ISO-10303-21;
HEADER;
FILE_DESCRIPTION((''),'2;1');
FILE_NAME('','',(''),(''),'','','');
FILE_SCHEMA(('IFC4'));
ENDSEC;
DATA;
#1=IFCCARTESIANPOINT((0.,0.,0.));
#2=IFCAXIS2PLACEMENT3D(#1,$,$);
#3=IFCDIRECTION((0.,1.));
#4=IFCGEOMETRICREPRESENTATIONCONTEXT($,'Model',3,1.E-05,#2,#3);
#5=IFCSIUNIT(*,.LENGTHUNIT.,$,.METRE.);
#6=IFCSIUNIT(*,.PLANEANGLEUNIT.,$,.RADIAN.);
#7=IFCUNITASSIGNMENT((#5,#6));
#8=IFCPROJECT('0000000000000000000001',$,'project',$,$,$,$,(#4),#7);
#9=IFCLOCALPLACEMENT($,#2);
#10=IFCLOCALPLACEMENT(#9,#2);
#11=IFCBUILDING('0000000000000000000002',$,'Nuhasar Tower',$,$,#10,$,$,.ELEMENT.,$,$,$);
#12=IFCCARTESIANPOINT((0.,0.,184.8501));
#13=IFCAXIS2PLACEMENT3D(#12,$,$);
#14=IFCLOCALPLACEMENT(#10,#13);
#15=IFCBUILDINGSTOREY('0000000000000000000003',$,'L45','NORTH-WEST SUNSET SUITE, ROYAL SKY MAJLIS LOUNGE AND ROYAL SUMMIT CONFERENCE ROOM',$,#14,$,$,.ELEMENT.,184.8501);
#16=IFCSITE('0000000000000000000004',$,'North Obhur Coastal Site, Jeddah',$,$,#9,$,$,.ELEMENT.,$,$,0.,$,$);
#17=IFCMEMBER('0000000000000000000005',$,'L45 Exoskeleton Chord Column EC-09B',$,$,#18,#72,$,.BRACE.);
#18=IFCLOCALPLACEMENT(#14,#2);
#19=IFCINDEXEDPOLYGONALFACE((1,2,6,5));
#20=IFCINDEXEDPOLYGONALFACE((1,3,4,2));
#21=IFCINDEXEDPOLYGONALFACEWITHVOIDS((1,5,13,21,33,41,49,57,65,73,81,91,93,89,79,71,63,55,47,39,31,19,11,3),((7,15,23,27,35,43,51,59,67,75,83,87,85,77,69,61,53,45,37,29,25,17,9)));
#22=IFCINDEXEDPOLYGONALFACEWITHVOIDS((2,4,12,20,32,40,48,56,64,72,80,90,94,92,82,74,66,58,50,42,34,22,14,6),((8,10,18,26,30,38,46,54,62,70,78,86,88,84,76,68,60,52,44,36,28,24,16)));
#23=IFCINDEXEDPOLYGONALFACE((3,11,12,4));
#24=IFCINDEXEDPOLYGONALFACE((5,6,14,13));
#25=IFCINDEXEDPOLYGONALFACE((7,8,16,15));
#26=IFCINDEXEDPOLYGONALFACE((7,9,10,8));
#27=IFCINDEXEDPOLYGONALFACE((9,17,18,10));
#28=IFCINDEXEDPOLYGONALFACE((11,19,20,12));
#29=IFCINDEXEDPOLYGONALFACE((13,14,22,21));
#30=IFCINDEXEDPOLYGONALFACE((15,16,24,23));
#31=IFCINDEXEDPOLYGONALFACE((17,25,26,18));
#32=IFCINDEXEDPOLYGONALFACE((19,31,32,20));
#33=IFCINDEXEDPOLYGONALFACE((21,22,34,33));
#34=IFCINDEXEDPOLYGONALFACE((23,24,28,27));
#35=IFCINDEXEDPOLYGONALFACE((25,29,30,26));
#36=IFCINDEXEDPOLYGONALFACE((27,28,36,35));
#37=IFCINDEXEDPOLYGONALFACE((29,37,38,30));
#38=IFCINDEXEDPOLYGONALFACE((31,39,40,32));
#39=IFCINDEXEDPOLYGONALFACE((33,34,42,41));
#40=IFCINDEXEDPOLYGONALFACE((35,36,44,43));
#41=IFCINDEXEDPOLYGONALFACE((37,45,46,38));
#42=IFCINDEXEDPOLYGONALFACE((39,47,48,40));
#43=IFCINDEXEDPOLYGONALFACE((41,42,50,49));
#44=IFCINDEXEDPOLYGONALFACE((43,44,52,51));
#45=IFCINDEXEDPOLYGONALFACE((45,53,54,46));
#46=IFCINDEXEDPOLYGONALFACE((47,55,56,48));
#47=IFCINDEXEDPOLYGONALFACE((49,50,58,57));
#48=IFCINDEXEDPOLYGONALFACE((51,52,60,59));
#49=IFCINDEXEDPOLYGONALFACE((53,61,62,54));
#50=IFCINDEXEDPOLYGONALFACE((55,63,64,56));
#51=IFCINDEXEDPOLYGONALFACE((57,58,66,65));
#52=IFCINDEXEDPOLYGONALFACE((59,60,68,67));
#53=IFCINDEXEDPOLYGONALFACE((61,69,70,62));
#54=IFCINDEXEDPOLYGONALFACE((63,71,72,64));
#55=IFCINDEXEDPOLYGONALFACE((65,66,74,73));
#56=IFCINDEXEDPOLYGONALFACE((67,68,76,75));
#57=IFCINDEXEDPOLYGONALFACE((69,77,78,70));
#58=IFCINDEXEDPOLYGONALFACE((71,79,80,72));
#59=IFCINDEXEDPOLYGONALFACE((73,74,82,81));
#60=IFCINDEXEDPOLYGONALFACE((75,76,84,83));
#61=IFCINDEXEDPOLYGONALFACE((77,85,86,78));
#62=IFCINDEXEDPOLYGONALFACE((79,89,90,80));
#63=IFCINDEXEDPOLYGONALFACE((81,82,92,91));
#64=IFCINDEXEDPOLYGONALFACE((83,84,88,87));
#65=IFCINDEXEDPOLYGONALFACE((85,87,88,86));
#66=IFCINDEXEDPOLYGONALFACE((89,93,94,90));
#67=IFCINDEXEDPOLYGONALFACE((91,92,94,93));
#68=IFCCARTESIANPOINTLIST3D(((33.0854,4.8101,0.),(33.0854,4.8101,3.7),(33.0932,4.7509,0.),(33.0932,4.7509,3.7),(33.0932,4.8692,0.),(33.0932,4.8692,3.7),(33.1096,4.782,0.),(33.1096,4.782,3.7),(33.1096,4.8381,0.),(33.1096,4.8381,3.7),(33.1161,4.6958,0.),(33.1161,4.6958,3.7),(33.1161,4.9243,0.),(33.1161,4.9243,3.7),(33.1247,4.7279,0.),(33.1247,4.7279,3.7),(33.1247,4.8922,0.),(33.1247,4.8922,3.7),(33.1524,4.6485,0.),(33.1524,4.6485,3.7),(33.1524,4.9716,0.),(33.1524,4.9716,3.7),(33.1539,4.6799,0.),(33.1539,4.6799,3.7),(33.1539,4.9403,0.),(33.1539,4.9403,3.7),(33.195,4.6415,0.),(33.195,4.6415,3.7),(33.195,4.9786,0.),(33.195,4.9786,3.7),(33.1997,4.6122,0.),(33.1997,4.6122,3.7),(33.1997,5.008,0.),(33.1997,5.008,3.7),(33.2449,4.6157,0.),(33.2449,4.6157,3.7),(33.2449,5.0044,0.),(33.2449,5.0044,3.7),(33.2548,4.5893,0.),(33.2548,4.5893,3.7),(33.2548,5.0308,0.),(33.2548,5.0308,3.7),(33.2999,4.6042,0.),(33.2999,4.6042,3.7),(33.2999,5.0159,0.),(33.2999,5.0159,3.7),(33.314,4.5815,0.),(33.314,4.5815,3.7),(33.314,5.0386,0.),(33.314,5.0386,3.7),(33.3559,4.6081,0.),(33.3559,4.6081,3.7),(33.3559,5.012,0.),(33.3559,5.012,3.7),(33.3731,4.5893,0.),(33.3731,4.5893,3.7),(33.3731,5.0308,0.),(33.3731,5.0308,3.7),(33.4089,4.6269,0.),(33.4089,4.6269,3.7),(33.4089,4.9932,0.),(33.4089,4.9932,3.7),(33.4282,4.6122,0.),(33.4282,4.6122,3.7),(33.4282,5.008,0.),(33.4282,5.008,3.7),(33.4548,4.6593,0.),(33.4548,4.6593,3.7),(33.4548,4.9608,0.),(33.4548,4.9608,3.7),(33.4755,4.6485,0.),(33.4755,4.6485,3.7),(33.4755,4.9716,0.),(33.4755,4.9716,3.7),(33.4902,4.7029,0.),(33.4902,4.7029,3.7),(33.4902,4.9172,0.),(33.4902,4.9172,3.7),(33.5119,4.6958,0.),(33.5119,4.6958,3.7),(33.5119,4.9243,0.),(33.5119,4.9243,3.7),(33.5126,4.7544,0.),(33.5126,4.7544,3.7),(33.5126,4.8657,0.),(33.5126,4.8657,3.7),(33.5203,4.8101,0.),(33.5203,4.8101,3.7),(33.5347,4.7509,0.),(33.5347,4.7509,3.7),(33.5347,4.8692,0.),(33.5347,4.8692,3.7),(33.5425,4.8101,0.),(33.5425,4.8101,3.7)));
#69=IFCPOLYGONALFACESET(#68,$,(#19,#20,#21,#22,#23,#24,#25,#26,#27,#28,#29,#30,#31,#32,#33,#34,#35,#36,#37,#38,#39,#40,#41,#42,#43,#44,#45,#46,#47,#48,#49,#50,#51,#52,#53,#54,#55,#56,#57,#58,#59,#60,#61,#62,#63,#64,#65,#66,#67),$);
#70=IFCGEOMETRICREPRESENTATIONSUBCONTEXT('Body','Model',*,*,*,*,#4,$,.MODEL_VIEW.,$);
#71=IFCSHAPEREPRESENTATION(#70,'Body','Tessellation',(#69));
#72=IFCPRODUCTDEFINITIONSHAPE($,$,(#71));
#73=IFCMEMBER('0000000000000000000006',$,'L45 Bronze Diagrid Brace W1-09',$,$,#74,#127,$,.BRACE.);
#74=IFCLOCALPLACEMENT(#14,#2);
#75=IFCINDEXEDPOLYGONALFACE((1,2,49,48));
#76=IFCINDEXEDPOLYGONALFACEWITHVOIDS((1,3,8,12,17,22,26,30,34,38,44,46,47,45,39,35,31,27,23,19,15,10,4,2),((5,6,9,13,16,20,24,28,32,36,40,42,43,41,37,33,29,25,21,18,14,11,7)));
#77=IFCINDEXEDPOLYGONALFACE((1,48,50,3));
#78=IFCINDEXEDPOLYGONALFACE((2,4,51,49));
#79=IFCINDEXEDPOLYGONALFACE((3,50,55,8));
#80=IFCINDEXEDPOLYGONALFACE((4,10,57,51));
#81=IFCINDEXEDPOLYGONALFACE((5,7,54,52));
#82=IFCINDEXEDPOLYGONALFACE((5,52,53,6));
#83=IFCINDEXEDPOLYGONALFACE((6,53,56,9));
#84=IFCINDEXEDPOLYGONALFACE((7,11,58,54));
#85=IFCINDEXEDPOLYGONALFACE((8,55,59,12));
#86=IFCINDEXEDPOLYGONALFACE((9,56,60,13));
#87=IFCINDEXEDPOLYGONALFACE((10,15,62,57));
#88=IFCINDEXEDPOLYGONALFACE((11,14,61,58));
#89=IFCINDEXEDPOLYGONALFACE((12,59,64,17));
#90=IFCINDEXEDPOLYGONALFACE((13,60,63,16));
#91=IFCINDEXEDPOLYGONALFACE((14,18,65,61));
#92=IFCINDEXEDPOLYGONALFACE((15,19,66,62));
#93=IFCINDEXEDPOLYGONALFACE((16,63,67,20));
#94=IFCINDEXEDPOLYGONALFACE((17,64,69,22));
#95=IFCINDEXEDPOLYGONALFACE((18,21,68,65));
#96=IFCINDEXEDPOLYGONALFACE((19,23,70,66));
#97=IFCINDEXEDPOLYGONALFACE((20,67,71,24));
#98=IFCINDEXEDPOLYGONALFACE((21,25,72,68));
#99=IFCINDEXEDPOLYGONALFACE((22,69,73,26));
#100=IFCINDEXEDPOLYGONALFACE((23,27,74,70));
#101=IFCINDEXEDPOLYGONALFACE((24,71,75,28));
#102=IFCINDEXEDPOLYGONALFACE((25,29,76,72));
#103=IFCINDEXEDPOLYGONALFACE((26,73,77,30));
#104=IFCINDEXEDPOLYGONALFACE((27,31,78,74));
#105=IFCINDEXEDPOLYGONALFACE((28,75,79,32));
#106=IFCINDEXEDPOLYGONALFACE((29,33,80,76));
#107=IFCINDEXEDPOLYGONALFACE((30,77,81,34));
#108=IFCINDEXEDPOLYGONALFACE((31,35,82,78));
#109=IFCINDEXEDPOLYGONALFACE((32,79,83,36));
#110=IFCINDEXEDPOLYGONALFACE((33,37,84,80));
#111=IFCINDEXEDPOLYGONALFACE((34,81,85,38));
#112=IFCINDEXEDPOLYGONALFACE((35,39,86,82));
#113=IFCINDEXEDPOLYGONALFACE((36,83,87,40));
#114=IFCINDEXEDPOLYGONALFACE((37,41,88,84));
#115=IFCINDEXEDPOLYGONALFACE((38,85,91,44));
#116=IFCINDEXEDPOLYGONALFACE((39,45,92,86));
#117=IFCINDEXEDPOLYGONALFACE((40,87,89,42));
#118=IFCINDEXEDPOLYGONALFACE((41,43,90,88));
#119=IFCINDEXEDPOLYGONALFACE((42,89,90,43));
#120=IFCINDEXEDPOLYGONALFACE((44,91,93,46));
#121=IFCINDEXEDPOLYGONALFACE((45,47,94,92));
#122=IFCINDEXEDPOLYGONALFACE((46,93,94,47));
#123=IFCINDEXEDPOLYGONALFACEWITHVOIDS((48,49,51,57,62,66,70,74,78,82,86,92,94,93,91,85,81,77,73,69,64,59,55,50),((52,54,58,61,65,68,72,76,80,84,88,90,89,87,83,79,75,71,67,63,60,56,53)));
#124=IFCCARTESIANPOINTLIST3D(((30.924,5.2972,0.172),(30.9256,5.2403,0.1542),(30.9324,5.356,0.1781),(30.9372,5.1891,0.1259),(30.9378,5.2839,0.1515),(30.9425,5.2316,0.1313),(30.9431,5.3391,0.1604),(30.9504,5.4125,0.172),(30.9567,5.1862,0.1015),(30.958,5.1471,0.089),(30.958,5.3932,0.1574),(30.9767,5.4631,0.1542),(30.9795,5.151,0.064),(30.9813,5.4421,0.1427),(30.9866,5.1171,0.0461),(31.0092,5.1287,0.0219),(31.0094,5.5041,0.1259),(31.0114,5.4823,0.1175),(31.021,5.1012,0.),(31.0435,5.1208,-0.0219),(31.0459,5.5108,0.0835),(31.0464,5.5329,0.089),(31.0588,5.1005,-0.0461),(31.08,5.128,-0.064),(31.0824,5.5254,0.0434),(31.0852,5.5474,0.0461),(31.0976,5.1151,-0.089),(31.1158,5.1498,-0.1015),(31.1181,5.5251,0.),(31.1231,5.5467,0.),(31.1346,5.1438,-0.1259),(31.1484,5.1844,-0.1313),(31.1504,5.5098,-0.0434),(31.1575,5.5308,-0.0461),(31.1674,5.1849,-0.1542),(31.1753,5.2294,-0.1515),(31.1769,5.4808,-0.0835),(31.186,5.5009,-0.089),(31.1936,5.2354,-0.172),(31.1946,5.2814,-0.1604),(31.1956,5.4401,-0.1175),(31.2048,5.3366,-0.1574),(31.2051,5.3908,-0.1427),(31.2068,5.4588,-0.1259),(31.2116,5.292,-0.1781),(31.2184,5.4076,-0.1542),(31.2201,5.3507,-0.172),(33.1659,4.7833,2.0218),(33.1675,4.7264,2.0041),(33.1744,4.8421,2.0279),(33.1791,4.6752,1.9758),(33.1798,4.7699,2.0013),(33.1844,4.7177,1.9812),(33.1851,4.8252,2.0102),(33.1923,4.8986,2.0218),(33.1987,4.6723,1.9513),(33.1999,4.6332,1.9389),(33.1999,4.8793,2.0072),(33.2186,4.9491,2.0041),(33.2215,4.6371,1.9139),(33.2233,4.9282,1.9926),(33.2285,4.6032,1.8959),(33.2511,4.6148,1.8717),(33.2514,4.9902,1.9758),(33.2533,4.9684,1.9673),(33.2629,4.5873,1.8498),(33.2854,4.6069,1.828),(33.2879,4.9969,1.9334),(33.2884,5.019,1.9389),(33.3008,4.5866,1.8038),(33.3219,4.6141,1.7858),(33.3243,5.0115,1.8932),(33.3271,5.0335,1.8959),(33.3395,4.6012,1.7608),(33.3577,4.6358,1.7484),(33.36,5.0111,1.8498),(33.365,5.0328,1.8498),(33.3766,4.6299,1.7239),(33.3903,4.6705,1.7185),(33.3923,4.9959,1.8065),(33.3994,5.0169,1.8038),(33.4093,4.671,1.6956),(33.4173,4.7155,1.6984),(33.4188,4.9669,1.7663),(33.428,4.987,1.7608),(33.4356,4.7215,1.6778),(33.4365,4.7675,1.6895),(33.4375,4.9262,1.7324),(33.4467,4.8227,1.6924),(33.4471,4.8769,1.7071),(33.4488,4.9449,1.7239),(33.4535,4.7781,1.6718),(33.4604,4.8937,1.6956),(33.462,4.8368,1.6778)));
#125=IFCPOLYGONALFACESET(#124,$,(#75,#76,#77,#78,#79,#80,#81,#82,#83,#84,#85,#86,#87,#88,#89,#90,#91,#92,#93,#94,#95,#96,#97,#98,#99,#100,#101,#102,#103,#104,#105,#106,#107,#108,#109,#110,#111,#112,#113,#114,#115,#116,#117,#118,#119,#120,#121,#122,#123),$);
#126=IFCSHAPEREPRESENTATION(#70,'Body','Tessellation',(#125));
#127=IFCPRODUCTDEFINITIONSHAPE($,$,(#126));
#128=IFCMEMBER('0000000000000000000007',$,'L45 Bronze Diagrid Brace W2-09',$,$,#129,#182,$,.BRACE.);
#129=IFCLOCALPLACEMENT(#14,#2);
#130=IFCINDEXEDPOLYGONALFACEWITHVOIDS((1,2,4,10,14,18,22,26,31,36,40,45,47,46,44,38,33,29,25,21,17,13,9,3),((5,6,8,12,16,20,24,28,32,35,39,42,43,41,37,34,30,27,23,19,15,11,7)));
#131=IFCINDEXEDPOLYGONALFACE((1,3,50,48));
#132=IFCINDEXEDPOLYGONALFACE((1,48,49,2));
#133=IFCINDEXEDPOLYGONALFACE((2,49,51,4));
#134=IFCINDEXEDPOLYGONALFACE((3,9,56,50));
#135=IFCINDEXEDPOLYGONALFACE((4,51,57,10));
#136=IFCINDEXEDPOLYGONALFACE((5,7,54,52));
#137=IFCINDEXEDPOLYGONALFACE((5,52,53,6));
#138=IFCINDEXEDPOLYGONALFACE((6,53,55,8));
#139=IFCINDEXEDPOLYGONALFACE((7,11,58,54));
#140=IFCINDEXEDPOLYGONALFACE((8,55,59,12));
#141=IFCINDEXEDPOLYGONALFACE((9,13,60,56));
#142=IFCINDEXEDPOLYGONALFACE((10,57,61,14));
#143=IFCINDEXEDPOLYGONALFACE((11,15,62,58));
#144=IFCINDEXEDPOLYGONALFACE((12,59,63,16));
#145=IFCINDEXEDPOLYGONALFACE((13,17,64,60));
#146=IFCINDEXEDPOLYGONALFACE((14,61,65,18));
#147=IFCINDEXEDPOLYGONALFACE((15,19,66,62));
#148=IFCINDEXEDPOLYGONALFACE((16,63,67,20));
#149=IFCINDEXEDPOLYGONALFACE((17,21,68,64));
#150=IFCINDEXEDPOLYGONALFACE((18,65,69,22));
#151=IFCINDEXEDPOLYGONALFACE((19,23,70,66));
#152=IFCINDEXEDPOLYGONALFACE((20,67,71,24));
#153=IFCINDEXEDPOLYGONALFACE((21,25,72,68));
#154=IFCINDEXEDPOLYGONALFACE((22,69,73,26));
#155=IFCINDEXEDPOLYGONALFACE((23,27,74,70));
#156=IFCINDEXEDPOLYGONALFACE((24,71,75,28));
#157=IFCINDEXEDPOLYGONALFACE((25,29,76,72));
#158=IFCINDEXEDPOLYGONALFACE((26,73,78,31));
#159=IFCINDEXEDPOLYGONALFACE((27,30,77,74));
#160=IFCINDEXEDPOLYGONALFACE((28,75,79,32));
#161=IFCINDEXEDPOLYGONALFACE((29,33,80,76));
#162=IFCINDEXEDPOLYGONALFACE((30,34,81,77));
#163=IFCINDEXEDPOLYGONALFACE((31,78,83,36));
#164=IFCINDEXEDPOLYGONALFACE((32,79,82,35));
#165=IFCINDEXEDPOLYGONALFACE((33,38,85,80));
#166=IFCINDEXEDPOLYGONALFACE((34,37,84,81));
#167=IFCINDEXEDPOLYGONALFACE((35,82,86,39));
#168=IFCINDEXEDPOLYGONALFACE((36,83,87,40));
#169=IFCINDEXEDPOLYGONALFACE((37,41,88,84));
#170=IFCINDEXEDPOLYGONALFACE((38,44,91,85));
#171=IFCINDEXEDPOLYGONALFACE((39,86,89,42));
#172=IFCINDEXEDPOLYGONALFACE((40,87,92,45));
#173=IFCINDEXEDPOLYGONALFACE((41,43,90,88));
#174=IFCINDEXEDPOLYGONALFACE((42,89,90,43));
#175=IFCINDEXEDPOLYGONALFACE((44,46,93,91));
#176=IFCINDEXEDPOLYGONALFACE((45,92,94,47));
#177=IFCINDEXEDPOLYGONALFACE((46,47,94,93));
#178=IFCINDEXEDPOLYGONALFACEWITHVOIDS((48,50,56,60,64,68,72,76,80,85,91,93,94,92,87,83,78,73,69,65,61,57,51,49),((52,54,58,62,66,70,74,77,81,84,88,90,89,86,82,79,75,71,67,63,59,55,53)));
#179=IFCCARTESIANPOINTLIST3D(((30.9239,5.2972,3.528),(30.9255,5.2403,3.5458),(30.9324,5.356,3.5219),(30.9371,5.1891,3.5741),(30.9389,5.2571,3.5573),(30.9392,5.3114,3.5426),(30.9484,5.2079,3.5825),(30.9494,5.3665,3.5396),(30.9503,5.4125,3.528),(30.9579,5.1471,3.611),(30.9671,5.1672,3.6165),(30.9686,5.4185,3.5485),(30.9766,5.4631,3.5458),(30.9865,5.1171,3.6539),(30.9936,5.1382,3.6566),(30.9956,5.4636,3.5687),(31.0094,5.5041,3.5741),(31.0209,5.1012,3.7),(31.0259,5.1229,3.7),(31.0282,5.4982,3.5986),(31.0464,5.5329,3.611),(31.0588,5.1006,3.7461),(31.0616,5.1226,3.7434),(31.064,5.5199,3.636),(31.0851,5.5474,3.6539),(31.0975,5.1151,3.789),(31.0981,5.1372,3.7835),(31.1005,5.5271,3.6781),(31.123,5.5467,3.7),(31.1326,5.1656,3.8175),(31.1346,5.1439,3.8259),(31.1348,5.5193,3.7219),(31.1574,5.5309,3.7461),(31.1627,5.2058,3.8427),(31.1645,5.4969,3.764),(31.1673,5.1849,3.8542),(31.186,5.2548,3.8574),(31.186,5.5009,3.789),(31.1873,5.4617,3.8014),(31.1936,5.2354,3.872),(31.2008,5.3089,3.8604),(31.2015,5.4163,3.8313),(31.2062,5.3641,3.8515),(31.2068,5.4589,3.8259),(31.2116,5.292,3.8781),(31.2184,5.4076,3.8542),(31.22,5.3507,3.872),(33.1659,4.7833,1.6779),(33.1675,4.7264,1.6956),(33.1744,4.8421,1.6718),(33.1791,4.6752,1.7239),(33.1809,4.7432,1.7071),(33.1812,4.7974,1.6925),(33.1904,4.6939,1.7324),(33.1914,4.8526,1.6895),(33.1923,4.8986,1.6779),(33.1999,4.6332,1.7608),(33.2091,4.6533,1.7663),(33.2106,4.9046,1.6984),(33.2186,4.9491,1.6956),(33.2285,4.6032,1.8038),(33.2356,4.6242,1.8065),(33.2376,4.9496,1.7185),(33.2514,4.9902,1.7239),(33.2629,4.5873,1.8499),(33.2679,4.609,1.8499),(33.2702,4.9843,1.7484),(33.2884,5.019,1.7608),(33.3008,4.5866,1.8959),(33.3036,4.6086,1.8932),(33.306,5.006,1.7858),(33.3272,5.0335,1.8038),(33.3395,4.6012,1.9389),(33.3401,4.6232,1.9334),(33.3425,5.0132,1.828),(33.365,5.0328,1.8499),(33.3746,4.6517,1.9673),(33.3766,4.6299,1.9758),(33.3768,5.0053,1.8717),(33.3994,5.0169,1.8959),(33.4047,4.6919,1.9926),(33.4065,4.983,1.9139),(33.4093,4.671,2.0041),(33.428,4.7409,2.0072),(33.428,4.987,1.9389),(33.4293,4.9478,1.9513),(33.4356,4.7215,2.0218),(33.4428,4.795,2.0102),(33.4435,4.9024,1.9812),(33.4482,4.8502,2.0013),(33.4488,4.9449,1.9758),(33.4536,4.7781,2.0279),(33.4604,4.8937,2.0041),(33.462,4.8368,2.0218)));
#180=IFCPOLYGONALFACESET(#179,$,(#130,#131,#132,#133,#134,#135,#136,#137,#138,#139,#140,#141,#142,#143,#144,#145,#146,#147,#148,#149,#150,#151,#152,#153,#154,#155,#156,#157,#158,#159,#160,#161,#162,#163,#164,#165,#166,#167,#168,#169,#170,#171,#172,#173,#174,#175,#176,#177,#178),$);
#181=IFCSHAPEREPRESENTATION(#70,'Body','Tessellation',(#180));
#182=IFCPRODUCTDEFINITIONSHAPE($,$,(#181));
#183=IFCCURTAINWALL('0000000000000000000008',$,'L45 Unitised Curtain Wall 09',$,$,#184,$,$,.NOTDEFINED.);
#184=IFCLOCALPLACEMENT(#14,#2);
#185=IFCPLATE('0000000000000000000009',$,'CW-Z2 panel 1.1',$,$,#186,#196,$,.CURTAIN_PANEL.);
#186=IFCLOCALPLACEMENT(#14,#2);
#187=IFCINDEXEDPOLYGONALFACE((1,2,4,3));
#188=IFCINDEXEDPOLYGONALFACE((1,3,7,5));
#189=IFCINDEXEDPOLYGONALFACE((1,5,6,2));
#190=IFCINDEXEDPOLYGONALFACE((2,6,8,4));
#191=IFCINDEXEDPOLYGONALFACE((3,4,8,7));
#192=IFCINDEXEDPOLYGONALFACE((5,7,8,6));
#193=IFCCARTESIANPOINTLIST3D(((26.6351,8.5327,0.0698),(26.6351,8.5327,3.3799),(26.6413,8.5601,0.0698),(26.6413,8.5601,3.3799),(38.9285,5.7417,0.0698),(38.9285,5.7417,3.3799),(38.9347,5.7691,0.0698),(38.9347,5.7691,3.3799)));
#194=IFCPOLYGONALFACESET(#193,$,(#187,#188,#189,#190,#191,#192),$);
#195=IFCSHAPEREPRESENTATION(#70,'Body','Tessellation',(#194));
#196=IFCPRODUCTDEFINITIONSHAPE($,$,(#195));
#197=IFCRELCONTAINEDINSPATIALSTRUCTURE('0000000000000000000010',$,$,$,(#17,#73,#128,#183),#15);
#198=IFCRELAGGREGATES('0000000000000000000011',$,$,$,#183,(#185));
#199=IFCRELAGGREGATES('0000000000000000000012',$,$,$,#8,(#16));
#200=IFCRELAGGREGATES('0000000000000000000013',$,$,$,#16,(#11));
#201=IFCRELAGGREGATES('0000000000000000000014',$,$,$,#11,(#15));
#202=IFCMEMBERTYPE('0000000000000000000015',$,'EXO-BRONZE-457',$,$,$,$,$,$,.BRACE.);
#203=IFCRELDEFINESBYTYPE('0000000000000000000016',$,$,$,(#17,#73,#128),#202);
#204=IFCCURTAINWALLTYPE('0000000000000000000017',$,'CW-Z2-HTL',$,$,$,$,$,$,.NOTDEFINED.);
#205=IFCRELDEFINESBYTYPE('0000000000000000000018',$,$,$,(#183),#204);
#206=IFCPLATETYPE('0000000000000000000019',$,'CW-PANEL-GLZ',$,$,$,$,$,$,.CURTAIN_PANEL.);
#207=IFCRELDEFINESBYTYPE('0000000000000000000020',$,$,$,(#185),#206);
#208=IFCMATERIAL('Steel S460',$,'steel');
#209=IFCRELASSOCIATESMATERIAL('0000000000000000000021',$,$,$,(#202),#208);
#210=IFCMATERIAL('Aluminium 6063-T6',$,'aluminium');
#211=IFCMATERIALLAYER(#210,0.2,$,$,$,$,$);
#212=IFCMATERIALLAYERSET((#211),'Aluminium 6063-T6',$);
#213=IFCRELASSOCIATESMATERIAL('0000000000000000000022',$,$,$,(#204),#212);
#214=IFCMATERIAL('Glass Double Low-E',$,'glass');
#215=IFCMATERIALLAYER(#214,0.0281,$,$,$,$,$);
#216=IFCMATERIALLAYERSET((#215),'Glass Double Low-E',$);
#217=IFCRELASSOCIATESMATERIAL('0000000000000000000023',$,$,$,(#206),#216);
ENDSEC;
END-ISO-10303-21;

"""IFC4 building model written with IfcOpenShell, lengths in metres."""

from ifc_helpers import new_model, si_unit, direction, frame, origin, origin_2d, place, context, subcontext, project, spatial, rectangle, hollow_circle, extrude, material, layer, layer_set, material_profile, profile_set, type_object, element, aggregate, save


model = new_model("IFC4")

# Units and contexts
model_context = context("Model", 3, precision=1e-05, world=origin(), true_north=direction((0.0, 1.0)))
body_context = subcontext(model_context, "Body", "Model", "MODEL_VIEW")
ifc_project = project(units=[si_unit("LENGTHUNIT", "METRE"), si_unit("PLANEANGLEUNIT", "RADIAN")], contexts=[model_context])

# Site, building, storey
site_placement = place(None, origin())
site = spatial("IfcSite", under=ifc_project, at=site_placement, Name="North Obhur Coastal Site, Jeddah", CompositionType="ELEMENT", RefElevation=0.0)
building_placement = place(site_placement, origin())
building = spatial("IfcBuilding", under=site, at=building_placement, Name="Nuhasar Tower", CompositionType="ELEMENT")
storey_placement = place(building_placement, frame((0.0, 0.0, 184.8501)))
storey = spatial("IfcBuildingStorey", under=building, at=storey_placement, Name="L45", Description="NORTH-WEST SUNSET SUITE, ROYAL SKY MAJLIS LOUNGE AND ROYAL SUMMIT CONFERENCE ROOM", CompositionType="ELEMENT", Elevation=184.8501)

# Members
ifc_material_1 = material(Name="Steel S460", Category="steel")
ifc_material_profile_1 = material_profile(ifc_material_1, hollow_circle(Radius=0.2285, WallThickness=0.0222, at=origin_2d()), Name="HSS457X22.2")
ifc_profile_set_1 = profile_set([ifc_material_profile_1], Name="Steel S460")
member_type = type_object("IfcMemberType", Name="EXO-BRONZE-457", PredefinedType="BRACE", material=ifc_profile_set_1)
for number, where, z_axis, x_axis, name in (
    (1, (33.314, 4.8101, 0.0), (0.0, 0.0, 1.0), (1.0, 0.0, 0.0), "L45 Exoskeleton Chord Column EC-09B"),
):
    element("IfcMember", number, at=place(storey_placement, frame(where, z_axis=z_axis, x_axis=x_axis)), inside=storey, type_object=member_type, Name=name, PredefinedType="BRACE", context=body_context, shape_type="SweptSolid", body=[
        extrude(hollow_circle(Radius=0.2285, WallThickness=0.0222, at=origin_2d()), origin(), (0.0, 0.0, 1.0), 3.7),
    ])
member_1_placement = place(storey_placement, frame((31.072, 5.324, 0.0), z_axis=(0.75955, -0.17411, 0.626713), x_axis=(0.223433, 0.974719, 0.0)))
element("IfcMember", 2, at=member_1_placement, inside=storey, type_object=member_type, Name="L45 Bronze Diagrid Brace W1-09", PredefinedType="BRACE", context=body_context, shape_type="SweptSolid", body=[
    extrude(hollow_circle(Radius=0.2285, WallThickness=0.0222, at=origin_2d()), origin(), (0.0, 0.0, 1.0), 2.9517),
])
member_2_placement = place(storey_placement, frame((33.314, 4.8101, 1.8499), z_axis=(-0.75951, 0.174101, 0.626764), x_axis=(-0.223433, -0.974719, 0.0)))
element("IfcMember", 3, at=member_2_placement, inside=storey, type_object=member_type, Name="L45 Bronze Diagrid Brace W2-09", PredefinedType="BRACE", context=body_context, shape_type="SweptSolid", body=[
    extrude(hollow_circle(Radius=0.2285, WallThickness=0.0222, at=origin_2d()), origin(), (0.0, 0.0, 1.0), 2.9519),
])

# Curtain wall, plate
ifc_material_2 = material(Name="Aluminium 6063-T6", Category="aluminium")
ifc_layer_1 = layer(ifc_material_2, 0.2)
ifc_layer_set_1 = layer_set([ifc_layer_1], Name="Aluminium 6063-T6")
curtain_wall_type = type_object("IfcCurtainWallType", Name="CW-Z2-HTL", PredefinedType="NOTDEFINED", material=ifc_layer_set_1)
curtain_wall_placement = place(storey_placement, origin())
curtain_wall = element("IfcCurtainWall", 4, at=curtain_wall_placement, inside=storey, type_object=curtain_wall_type, Name="L45 Unitised Curtain Wall 09", PredefinedType="NOTDEFINED")
ifc_material_3 = material(Name="Glass Double Low-E", Category="glass")
ifc_layer_2 = layer(ifc_material_3, 0.0281)
ifc_layer_set_2 = layer_set([ifc_layer_2], Name="Glass Double Low-E")
plate_type = type_object("IfcPlateType", Name="CW-PANEL-GLZ", PredefinedType="CURTAIN_PANEL", material=ifc_layer_set_2)
plate_placement = place(storey_placement, frame((32.7849, 7.1509, 0.0698), z_axis=(0.0, 0.0, 1.0), x_axis=(0.975184, -0.221397, 0.0)))
plate = element("IfcPlate", 5, at=plate_placement, type_object=plate_type, Name="CW-Z2 panel 1.1", PredefinedType="CURTAIN_PANEL", context=body_context, shape_type="SweptSolid", body=[
    extrude(rectangle(XDim=12.6062, YDim=0.0281, at=origin_2d()), origin(), (0.0, 0.0, 1.0), 3.3101),
])
aggregate(curtain_wall, [plate])

save(model, "model.ifc")
